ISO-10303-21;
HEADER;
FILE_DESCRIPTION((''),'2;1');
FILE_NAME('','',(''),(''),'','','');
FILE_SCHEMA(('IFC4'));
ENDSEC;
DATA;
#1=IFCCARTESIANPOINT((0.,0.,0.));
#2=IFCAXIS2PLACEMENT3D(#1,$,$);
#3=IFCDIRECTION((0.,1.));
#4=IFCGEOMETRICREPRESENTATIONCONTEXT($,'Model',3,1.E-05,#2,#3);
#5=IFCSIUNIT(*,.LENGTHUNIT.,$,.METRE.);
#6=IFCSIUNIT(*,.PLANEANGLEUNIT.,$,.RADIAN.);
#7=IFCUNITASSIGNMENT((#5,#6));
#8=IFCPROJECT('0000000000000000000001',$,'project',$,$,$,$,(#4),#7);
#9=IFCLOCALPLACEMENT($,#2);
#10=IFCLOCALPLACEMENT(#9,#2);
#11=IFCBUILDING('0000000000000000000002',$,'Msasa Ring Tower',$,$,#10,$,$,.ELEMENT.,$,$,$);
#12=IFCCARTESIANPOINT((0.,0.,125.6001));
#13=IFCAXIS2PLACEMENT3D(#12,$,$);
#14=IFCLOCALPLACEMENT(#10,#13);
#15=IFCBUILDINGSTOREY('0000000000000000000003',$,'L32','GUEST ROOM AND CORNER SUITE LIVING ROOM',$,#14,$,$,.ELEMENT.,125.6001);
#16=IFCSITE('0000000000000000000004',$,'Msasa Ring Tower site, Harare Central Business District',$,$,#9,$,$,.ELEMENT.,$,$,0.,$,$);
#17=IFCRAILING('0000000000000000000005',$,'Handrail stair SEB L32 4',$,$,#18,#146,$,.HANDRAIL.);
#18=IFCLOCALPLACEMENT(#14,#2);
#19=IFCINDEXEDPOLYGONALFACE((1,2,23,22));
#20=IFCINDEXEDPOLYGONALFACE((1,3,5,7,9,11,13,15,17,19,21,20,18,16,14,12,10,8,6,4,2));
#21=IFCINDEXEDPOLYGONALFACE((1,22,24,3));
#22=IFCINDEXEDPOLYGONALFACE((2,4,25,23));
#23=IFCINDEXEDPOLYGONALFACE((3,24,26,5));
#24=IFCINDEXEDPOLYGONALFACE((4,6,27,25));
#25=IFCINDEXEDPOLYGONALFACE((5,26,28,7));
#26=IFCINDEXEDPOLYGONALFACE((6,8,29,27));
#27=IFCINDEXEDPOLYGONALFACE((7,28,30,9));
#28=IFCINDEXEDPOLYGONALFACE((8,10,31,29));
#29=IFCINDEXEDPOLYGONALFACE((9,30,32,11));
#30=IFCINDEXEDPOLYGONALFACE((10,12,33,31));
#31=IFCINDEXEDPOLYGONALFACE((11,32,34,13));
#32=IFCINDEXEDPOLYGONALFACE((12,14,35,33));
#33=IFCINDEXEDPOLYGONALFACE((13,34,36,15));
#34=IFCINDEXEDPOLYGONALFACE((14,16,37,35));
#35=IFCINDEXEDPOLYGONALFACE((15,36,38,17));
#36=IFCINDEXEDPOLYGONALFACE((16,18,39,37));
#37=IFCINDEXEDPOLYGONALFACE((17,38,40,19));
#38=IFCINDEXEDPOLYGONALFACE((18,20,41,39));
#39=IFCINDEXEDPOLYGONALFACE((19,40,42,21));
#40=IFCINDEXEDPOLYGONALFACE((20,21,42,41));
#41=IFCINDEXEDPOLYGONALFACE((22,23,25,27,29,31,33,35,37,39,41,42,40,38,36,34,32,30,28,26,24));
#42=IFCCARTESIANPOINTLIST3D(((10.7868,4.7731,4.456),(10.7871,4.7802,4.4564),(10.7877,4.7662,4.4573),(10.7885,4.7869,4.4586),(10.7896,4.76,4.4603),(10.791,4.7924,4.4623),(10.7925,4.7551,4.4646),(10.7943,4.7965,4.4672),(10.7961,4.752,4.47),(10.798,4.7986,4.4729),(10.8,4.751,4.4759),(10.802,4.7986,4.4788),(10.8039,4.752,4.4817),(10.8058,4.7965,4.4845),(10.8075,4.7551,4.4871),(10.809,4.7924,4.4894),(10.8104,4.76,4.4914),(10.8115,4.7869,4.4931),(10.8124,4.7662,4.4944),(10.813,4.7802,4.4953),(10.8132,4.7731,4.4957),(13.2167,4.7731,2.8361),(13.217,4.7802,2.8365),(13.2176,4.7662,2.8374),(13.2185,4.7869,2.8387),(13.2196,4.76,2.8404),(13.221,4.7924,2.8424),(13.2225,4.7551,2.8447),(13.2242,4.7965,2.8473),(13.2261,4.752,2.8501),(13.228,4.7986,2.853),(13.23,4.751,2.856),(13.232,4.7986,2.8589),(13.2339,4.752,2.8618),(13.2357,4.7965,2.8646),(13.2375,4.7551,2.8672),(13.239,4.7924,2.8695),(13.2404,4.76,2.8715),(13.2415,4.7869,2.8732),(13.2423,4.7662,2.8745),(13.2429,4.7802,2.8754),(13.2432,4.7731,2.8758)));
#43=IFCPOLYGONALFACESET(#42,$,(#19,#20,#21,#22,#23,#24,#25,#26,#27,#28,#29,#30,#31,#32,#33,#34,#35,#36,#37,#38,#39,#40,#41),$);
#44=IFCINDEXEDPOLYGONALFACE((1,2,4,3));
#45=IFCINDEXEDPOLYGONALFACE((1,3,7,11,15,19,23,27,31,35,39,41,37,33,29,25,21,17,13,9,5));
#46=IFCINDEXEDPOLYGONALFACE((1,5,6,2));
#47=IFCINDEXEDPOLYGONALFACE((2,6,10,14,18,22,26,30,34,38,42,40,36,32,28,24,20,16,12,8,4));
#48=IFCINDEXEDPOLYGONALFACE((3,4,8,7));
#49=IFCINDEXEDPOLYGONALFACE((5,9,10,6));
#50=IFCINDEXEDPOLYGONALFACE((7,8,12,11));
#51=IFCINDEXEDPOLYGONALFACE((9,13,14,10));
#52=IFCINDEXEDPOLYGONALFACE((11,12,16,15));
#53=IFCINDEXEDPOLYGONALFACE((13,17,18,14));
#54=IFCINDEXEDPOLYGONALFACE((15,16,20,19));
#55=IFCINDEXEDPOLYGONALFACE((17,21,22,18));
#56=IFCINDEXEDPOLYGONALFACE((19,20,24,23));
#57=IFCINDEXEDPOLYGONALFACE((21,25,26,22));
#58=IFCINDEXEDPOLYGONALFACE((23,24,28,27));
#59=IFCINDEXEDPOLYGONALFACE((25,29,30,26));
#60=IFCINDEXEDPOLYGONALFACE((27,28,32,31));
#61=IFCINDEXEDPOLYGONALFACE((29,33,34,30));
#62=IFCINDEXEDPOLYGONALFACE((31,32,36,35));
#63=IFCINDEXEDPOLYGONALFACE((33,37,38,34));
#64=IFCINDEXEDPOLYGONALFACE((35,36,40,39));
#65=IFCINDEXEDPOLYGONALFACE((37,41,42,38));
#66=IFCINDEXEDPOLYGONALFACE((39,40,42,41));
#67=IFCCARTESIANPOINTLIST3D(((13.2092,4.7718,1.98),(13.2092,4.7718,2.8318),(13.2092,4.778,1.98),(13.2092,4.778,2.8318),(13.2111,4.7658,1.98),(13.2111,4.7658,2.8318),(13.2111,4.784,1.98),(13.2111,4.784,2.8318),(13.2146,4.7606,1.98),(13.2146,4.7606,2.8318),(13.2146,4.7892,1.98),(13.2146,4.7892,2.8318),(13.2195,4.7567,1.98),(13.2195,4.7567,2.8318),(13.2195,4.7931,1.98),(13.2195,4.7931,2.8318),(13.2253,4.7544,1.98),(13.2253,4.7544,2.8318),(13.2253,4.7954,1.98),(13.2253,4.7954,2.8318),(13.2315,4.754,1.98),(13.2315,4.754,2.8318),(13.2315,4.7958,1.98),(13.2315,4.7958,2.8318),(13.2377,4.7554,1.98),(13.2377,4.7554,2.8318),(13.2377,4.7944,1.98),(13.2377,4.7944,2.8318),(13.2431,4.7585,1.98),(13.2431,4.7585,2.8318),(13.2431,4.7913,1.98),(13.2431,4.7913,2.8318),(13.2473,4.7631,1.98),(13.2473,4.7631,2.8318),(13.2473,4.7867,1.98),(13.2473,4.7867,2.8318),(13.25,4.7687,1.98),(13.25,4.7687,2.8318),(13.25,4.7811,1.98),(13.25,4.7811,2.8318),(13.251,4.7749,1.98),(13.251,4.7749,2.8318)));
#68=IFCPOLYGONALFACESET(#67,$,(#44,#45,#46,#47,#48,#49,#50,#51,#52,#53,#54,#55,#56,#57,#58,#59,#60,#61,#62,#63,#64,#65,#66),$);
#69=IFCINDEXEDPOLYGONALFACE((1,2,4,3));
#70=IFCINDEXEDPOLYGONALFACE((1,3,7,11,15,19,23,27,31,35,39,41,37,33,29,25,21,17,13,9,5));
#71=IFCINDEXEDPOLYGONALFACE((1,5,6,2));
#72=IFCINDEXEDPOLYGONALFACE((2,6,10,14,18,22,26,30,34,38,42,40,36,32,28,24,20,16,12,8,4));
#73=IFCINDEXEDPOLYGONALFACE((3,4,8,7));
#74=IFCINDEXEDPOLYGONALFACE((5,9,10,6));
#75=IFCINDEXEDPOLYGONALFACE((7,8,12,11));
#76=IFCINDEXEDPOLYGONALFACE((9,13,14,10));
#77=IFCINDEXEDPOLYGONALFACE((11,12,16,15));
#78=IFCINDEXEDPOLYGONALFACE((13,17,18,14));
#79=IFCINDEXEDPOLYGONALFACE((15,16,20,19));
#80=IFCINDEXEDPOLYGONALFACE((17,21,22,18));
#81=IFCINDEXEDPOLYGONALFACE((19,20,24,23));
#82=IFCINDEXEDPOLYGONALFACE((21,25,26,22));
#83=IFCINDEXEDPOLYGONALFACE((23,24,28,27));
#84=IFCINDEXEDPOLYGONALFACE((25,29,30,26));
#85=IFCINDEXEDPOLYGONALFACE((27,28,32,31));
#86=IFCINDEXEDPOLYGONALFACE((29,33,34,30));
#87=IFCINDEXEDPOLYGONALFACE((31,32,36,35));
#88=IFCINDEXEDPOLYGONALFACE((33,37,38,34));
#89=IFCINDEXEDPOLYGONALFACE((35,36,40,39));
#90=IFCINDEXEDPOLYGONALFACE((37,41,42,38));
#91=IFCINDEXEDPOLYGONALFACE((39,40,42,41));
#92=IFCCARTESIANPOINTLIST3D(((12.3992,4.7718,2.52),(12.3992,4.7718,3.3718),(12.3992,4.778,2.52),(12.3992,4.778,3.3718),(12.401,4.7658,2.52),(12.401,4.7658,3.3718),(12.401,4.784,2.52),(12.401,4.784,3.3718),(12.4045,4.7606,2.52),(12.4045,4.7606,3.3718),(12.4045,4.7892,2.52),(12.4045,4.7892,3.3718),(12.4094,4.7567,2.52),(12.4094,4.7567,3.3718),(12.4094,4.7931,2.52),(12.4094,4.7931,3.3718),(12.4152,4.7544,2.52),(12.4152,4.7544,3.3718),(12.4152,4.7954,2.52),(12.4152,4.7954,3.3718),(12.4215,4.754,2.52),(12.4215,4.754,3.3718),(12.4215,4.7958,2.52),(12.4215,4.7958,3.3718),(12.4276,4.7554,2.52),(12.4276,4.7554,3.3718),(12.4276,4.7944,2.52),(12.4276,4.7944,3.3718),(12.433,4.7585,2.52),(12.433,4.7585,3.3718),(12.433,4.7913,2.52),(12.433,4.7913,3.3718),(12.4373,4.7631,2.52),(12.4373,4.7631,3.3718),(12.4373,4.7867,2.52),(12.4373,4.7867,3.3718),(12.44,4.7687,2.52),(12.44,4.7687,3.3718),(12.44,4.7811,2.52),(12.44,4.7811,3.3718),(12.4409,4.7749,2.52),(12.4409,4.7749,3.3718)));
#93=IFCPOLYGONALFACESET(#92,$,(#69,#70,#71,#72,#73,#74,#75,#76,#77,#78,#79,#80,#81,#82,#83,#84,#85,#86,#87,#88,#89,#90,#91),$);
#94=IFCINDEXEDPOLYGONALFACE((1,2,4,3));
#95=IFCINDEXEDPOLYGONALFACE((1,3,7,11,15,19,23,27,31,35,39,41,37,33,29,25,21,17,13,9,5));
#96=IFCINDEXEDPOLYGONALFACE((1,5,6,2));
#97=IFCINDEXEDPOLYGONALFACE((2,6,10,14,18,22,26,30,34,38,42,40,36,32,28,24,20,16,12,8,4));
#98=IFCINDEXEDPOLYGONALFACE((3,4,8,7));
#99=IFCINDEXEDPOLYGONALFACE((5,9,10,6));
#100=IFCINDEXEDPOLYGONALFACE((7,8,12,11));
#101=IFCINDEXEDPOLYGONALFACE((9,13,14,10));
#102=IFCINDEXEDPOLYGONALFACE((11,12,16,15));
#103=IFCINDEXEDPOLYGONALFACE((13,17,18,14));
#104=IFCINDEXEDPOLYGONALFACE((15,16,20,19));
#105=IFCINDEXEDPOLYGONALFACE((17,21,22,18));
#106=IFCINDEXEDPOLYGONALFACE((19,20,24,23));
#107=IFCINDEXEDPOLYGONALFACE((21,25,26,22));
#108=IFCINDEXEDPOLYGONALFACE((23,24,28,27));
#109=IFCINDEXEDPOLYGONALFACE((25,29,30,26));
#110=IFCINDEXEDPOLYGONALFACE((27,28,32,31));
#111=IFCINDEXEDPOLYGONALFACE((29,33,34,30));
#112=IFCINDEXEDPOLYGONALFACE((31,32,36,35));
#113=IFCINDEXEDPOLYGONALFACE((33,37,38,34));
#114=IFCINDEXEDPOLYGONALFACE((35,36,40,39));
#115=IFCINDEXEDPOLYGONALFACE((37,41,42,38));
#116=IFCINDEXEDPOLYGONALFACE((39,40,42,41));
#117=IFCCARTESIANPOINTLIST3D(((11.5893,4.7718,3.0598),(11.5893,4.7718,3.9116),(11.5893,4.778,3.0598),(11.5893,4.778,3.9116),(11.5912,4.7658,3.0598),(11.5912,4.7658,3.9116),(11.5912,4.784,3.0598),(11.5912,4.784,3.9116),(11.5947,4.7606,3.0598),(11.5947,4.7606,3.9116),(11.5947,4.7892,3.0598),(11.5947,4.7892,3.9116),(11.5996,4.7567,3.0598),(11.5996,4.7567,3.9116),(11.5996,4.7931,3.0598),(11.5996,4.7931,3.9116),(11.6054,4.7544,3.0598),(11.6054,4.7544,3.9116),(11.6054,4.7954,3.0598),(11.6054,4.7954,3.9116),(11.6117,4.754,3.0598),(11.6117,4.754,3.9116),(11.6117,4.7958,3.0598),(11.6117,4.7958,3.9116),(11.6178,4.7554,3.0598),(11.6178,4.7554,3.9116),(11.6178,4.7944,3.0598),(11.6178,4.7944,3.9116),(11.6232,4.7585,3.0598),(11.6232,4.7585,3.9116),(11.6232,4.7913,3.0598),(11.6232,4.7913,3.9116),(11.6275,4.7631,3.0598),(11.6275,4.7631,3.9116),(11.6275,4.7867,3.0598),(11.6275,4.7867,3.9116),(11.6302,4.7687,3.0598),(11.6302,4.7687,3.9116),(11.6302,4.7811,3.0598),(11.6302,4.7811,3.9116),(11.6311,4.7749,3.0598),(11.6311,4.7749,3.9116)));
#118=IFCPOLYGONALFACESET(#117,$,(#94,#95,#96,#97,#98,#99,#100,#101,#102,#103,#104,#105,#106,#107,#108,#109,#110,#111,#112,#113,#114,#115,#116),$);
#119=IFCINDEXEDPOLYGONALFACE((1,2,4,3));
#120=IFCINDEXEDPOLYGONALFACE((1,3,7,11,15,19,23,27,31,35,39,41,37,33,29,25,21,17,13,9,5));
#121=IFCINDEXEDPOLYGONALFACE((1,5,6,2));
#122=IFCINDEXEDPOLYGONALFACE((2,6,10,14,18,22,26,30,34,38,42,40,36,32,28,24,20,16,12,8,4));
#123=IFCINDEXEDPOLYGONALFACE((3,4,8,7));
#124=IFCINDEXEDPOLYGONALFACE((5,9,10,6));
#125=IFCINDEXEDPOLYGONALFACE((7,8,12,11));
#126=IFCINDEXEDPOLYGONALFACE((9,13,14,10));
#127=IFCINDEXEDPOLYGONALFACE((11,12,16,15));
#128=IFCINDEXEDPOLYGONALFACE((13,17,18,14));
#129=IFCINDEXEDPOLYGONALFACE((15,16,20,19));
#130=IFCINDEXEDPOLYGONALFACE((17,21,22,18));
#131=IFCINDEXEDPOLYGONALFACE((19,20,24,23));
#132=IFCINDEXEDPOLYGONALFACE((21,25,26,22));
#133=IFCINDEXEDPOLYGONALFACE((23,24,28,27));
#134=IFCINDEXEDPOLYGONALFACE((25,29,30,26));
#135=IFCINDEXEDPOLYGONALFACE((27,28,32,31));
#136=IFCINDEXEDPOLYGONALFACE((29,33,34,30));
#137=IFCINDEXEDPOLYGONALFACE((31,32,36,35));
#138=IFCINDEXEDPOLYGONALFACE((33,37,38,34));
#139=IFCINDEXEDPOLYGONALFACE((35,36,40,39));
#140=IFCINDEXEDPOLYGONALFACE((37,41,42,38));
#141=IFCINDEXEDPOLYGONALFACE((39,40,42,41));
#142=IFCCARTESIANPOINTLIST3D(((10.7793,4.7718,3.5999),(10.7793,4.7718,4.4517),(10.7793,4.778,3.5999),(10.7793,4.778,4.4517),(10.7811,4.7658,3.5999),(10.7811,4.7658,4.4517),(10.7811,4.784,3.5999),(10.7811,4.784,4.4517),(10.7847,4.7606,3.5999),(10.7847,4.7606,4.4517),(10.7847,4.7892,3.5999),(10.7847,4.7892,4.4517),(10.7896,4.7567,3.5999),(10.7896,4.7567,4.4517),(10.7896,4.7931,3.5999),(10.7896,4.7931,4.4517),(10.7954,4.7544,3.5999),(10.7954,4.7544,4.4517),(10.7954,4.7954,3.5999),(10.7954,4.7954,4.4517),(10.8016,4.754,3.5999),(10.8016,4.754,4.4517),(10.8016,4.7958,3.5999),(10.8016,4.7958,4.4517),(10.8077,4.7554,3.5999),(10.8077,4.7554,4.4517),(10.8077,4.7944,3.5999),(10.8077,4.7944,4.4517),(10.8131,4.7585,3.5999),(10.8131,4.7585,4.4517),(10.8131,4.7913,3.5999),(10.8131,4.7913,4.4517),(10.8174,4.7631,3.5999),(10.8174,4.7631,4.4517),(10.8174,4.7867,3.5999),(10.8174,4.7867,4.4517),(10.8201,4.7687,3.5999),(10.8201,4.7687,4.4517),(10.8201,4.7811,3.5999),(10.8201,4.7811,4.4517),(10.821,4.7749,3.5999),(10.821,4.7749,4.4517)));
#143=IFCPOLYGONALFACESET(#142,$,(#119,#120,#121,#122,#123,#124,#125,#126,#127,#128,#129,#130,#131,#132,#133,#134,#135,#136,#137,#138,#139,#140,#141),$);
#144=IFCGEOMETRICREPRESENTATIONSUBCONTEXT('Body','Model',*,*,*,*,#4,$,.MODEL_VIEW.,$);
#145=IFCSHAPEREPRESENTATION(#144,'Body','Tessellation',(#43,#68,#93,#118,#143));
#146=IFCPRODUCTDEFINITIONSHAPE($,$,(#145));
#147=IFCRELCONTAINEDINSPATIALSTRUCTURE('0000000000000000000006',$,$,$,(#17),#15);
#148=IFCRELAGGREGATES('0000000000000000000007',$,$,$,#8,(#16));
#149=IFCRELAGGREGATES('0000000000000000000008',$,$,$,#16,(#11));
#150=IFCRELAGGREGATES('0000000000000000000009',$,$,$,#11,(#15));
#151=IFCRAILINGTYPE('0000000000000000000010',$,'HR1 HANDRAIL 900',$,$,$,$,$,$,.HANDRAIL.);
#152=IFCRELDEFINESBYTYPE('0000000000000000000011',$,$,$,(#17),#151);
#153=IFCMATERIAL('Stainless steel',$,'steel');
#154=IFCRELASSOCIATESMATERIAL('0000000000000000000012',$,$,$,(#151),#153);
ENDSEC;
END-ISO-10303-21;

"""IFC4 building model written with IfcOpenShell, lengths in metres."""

from ifc_helpers import new_model, si_unit, direction, frame, origin, origin_2d, place, context, subcontext, project, spatial, circle, extrude, material, type_object, element, save


model = new_model("IFC4")

# Units and contexts
model_context = context("Model", 3, precision=1e-05, world=origin(), true_north=direction((0.0, 1.0)))
body_context = subcontext(model_context, "Body", "Model", "MODEL_VIEW")
ifc_project = project(units=[si_unit("LENGTHUNIT", "METRE"), si_unit("PLANEANGLEUNIT", "RADIAN")], contexts=[model_context])

# Site, building, storey
site_placement = place(None, origin())
site = spatial("IfcSite", under=ifc_project, at=site_placement, Name="Msasa Ring Tower site, Harare Central Business District", CompositionType="ELEMENT", RefElevation=0.0)
building_placement = place(site_placement, origin())
building = spatial("IfcBuilding", under=site, at=building_placement, Name="Msasa Ring Tower", CompositionType="ELEMENT")
storey_placement = place(building_placement, frame((0.0, 0.0, 125.6001)))
storey = spatial("IfcBuildingStorey", under=building, at=storey_placement, Name="L32", Description="GUEST ROOM AND CORNER SUITE LIVING ROOM", CompositionType="ELEMENT", Elevation=125.6001)

# Railing
ifc_material_1 = material(Name="Stainless steel", Category="steel")
railing_type = type_object("IfcRailingType", Name="HR1 HANDRAIL 900", PredefinedType="HANDRAIL", material=ifc_material_1)
for number, where, name in (
    (1, (13.23, 4.7749, 1.98), "Handrail stair SEB L32 4"),
):
    element("IfcRailing", number, at=place(storey_placement, frame(where)), inside=storey, type_object=railing_type, Name=name, PredefinedType="HANDRAIL", context=body_context, shape_type="SweptSolid", body=[
        extrude(circle(Radius=0.0239, at=origin_2d()), frame((0.0, 0.0, 0.876), z_axis=(-0.832063, 0.0, 0.554681), x_axis=(0.0, -1.0, 0.0)), (0.0, 0.0, 1.0), 2.9204),
        extrude(circle(Radius=0.021, at=origin_2d()), origin(), (0.0, 0.0, 1.0), 0.8518),
        extrude(circle(Radius=0.021, at=origin_2d()), frame((-0.8101, 0.0, 0.54)), (0.0, 0.0, 1.0), 0.8518),
        extrude(circle(Radius=0.021, at=origin_2d()), frame((-1.6199, 0.0, 1.0798)), (0.0, 0.0, 1.0), 0.8518),
        extrude(circle(Radius=0.021, at=origin_2d()), frame((-2.4299, 0.0, 1.6199)), (0.0, 0.0, 1.0), 0.8518),
    ])

save(model, "model.ifc")
